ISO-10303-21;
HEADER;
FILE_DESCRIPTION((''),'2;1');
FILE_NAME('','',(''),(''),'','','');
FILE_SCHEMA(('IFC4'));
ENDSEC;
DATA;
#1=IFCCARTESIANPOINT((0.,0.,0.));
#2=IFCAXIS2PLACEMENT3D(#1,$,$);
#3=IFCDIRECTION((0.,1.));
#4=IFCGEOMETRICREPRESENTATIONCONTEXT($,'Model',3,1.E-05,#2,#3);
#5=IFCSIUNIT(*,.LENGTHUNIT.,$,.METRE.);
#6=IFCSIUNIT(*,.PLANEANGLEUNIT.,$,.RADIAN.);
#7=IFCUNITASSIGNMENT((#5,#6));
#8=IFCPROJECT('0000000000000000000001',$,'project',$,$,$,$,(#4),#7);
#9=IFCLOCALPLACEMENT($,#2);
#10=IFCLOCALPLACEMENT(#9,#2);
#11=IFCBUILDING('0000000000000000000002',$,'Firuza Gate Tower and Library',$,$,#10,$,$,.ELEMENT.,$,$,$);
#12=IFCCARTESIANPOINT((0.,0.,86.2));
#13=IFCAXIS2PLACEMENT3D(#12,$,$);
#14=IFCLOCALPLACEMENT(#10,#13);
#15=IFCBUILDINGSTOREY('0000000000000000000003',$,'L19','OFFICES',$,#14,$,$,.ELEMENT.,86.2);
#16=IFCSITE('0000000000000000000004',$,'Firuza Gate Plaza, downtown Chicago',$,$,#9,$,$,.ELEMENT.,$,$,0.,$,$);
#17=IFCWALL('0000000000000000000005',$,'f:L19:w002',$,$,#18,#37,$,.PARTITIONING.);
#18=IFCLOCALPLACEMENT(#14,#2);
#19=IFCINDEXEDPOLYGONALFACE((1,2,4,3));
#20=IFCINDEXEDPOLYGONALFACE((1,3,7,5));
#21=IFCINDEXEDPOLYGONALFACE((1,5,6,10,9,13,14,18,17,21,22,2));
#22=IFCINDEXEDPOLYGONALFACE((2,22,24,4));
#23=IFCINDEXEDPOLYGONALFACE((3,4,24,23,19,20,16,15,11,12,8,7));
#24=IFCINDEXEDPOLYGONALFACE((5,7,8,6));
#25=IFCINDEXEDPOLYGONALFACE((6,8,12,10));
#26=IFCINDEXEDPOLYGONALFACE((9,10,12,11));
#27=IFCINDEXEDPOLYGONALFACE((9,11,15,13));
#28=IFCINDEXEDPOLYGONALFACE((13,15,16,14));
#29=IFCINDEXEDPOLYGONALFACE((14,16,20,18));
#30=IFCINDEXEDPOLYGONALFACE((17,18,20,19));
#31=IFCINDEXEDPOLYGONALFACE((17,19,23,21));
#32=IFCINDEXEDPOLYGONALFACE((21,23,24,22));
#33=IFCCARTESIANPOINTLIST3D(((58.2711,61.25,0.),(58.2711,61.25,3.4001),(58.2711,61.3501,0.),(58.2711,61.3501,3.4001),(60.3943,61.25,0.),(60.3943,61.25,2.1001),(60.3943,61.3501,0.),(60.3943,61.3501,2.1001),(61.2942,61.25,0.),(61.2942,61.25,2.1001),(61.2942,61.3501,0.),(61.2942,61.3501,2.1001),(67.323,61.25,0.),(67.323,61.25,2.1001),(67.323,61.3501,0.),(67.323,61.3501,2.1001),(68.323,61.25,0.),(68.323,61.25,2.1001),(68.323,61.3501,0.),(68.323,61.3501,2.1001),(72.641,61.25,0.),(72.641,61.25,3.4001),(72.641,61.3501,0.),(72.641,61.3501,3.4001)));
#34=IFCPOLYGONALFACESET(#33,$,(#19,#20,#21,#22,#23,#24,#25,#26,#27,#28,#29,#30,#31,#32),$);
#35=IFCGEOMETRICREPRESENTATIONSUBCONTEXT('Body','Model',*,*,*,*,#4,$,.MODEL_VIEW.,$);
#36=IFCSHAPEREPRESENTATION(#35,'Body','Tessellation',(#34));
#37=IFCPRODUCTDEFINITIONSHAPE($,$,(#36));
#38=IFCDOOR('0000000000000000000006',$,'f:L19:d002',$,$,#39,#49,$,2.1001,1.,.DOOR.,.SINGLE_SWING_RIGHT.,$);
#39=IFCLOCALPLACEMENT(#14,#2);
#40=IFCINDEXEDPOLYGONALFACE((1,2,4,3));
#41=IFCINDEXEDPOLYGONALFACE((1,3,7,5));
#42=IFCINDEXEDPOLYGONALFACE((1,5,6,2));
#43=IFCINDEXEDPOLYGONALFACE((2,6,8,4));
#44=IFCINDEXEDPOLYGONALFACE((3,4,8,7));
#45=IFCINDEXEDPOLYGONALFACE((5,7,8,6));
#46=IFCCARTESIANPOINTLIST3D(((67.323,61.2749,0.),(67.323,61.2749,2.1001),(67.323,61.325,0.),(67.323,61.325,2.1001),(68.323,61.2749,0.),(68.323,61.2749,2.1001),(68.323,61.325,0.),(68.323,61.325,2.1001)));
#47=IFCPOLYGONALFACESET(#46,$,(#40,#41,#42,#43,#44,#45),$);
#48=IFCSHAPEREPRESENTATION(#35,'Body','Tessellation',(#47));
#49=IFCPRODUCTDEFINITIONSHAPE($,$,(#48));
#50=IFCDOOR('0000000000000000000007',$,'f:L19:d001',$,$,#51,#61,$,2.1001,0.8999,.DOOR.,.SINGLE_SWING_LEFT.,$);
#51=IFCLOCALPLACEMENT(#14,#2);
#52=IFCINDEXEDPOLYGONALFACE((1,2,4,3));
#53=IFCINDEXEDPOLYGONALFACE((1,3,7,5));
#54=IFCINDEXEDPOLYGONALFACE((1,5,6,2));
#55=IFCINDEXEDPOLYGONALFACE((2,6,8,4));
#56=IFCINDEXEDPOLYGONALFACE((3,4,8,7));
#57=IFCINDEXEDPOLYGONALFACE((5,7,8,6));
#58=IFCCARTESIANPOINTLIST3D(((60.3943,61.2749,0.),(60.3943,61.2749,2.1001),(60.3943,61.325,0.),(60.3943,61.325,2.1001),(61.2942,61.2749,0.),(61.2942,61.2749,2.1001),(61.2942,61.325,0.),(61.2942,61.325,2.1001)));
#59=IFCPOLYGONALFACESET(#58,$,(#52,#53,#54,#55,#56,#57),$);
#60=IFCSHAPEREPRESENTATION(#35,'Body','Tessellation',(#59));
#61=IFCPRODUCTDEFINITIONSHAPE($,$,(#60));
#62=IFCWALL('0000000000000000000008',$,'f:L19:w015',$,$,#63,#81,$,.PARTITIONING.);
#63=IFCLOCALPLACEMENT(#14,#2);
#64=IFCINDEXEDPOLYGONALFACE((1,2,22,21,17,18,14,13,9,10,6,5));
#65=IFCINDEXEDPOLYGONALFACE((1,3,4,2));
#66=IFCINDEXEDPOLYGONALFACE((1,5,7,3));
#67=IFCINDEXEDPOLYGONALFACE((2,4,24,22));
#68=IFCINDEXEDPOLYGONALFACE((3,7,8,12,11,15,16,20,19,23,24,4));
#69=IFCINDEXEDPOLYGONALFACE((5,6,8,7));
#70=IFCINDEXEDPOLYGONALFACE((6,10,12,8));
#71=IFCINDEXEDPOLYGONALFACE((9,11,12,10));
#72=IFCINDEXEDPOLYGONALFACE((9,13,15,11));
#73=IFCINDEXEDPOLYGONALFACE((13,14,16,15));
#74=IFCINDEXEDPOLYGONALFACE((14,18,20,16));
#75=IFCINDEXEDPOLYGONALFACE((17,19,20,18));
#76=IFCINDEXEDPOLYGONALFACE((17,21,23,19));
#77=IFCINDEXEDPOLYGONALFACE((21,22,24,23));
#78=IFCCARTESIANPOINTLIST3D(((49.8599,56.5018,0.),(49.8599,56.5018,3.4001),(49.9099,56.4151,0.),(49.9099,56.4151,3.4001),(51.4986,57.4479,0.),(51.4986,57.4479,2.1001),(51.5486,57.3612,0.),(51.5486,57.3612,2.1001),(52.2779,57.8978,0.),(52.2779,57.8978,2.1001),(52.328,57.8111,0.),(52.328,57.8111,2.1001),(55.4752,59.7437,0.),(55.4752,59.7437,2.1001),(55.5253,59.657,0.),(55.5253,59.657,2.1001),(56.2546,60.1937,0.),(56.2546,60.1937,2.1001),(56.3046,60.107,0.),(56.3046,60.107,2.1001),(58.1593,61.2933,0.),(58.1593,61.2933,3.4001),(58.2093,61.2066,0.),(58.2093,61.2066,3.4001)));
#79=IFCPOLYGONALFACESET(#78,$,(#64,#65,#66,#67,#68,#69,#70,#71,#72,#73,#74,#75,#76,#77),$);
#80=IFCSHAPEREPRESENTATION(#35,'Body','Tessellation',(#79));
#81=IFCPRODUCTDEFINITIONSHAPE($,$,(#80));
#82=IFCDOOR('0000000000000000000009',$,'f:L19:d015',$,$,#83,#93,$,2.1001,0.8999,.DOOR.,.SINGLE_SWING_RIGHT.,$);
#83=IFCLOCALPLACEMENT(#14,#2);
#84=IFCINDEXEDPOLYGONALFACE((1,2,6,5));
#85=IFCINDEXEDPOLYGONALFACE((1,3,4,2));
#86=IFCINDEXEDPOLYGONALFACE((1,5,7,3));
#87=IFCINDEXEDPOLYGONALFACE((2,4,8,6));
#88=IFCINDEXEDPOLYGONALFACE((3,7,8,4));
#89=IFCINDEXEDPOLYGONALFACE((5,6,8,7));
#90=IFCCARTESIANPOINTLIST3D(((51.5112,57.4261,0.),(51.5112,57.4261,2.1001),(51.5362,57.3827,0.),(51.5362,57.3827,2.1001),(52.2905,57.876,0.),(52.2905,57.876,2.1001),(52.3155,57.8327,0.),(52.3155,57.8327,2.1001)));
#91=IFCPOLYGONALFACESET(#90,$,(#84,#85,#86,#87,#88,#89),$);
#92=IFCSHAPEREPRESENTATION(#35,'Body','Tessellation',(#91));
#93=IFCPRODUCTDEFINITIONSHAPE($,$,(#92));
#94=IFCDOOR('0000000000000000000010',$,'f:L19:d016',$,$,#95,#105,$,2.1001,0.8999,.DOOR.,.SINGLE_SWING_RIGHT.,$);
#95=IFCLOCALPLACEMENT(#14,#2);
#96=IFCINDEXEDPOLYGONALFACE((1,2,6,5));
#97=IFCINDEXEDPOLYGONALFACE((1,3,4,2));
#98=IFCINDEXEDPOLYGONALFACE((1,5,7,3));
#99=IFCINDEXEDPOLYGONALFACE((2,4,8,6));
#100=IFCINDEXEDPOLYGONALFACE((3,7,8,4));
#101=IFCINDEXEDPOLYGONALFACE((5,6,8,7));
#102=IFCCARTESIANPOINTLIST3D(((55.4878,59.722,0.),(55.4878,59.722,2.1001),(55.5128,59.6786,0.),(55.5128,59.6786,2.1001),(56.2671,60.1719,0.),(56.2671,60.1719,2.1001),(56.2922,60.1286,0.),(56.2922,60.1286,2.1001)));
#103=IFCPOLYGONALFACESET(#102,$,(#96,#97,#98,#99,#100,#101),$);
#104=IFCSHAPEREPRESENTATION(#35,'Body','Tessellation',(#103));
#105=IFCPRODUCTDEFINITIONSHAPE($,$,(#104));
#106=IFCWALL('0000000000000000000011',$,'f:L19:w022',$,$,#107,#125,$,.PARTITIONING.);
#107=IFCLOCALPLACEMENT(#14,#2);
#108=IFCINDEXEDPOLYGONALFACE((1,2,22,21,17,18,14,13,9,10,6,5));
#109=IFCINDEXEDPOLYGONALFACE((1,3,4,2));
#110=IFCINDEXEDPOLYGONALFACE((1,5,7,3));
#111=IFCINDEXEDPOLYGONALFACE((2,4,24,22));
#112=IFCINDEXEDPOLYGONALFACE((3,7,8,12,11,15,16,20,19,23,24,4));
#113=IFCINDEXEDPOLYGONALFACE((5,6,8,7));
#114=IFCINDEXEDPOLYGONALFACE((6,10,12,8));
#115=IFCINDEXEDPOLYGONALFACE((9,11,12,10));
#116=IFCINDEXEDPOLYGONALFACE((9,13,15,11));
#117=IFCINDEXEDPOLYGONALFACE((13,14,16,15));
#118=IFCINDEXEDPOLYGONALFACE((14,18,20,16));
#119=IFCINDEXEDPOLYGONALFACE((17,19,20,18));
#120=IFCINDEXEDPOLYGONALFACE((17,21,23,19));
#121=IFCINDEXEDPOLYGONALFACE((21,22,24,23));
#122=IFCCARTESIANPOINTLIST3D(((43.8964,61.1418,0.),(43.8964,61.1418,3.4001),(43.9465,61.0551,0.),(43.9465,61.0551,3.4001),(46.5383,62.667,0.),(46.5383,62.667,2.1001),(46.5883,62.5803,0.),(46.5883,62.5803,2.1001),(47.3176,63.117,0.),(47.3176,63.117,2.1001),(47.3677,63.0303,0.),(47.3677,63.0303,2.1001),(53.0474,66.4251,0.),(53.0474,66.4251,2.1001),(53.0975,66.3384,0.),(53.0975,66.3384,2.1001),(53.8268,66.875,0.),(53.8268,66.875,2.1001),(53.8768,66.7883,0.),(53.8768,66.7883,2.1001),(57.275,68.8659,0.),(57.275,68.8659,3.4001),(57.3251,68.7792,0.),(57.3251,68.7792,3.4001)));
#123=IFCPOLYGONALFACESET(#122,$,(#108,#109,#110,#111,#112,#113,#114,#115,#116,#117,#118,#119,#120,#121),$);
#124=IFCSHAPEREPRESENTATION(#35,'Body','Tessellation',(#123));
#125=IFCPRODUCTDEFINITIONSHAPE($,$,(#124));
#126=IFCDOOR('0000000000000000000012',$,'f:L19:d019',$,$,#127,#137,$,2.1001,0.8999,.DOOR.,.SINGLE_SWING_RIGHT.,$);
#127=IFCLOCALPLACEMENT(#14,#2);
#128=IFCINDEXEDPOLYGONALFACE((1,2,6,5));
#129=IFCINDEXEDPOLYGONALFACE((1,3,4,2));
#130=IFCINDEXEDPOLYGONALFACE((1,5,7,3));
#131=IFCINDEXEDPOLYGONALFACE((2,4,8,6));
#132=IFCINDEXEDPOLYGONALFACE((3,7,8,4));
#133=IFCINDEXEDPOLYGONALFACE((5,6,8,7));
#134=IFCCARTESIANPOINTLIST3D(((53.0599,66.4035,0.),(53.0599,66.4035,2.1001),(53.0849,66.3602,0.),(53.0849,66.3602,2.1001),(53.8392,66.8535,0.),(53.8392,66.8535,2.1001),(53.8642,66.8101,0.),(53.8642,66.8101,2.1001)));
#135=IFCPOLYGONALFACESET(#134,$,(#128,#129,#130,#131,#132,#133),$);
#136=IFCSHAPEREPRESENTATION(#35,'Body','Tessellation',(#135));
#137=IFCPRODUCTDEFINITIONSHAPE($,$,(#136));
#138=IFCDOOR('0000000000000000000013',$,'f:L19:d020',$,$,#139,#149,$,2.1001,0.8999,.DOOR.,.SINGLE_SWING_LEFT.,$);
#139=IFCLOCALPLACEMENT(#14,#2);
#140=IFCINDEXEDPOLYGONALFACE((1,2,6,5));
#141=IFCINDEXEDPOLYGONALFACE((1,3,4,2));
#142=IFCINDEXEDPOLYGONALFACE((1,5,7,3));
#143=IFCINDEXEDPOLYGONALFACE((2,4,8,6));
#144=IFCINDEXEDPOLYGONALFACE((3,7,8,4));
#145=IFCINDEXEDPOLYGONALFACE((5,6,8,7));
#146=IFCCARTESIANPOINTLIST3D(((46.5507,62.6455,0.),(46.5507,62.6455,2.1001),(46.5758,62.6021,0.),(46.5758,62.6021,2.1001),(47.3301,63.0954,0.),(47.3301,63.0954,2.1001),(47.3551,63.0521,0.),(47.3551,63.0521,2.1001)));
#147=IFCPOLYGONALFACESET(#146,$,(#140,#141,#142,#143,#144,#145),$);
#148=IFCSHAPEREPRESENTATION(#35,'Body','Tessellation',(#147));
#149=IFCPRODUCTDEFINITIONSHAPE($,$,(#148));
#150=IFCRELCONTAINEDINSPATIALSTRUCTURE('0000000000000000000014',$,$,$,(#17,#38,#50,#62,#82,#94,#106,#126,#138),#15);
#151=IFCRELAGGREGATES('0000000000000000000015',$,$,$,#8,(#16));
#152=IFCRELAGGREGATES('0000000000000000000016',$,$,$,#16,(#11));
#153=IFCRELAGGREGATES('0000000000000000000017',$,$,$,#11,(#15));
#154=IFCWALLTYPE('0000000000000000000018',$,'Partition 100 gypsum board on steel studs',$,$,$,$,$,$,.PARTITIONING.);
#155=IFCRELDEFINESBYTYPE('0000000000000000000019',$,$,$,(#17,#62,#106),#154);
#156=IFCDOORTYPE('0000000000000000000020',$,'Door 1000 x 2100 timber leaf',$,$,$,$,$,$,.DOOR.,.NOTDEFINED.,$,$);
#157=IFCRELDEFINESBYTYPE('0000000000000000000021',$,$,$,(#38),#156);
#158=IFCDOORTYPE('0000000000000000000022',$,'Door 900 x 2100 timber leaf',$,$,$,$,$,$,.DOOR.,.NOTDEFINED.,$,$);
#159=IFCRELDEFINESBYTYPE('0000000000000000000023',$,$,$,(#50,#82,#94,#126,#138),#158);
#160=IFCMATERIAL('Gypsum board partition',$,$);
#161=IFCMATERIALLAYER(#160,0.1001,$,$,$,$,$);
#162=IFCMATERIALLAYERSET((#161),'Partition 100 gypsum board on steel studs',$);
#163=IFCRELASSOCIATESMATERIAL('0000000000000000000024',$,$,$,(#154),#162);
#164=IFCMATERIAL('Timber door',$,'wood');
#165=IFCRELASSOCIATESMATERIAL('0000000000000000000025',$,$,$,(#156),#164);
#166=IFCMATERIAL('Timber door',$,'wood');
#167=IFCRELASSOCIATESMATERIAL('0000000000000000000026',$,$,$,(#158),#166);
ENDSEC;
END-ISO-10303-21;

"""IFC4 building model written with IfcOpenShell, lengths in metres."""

from ifc_helpers import new_model, si_unit, direction, frame, frame_2d, origin, place, context, subcontext, project, spatial, rectangle, extrude, material, layer, layer_set, type_object, element, fill, save


model = new_model("IFC4")

# Units and contexts
model_context = context("Model", 3, precision=1e-05, world=origin(), true_north=direction((0.0, 1.0)))
body_context = subcontext(model_context, "Body", "Model", "MODEL_VIEW")
ifc_project = project(units=[si_unit("LENGTHUNIT", "METRE"), si_unit("PLANEANGLEUNIT", "RADIAN")], contexts=[model_context])

# Site, building, storey
site_placement = place(None, origin())
site = spatial("IfcSite", under=ifc_project, at=site_placement, Name="Firuza Gate Plaza, downtown Chicago", CompositionType="ELEMENT", RefElevation=0.0)
building_placement = place(site_placement, origin())
building = spatial("IfcBuilding", under=site, at=building_placement, Name="Firuza Gate Tower and Library", CompositionType="ELEMENT")
storey_placement = place(building_placement, frame((0.0, 0.0, 86.2)))
storey = spatial("IfcBuildingStorey", under=building, at=storey_placement, Name="L19", Description="OFFICES", CompositionType="ELEMENT", Elevation=86.2)

# Walls, openings, doors
ifc_material_1 = material(Name="Gypsum board partition")
ifc_layer_1 = layer(ifc_material_1, 0.1001)
ifc_layer_set_1 = layer_set([ifc_layer_1], Name="Partition 100 gypsum board on steel studs")
wall_type_1 = type_object("IfcWallType", Name="Partition 100 gypsum board on steel studs", PredefinedType="PARTITIONING", material=ifc_layer_set_1)
wall_1_placement = place(storey_placement, frame((58.271, 61.3, 0.0), z_axis=(0.0, 0.0, 1.0), x_axis=(1.0, 0.0, 0.0)))
wall_1 = element("IfcWall", 1, at=wall_1_placement, inside=storey, type_object=wall_type_1, Name="f:L19:w002", PredefinedType="PARTITIONING", context=body_context, shape_type="SweptSolid", body=[
    extrude(rectangle(XDim=14.3699, YDim=0.1001, at=frame_2d((7.1851, 0.0))), origin(), (0.0, 0.0, 1.0), 3.4001),
])
opening_1_placement = place(wall_1_placement, frame((2.1233, 0.0, 0.0)))
opening_1 = element("IfcOpeningElement", 2, at=opening_1_placement, cuts=wall_1, PredefinedType="OPENING", context=body_context, shape_type="SweptSolid", body=[
    extrude(rectangle(XDim=0.8999, YDim=2.1001, at=frame_2d((0.45, 1.05))), frame((0.0, 0.0601, 0.0), z_axis=(0.0, -1.0, 0.0), x_axis=(1.0, 0.0, 0.0)), (0.0, 0.0, 1.0), 0.1201),
])
opening_2_placement = place(wall_1_placement, frame((9.052, 0.0, 0.0)))
opening_2 = element("IfcOpeningElement", 3, at=opening_2_placement, cuts=wall_1, PredefinedType="OPENING", context=body_context, shape_type="SweptSolid", body=[
    extrude(rectangle(XDim=1.0, YDim=2.1001, at=frame_2d((0.5, 1.05))), frame((0.0, 0.0601, 0.0), z_axis=(0.0, -1.0, 0.0), x_axis=(1.0, 0.0, 0.0)), (0.0, 0.0, 1.0), 0.1201),
])
ifc_material_2 = material(Name="Timber door", Category="wood")
door_type_1 = type_object("IfcDoorType", Name="Door 1000 x 2100 timber leaf", OperationType="NOTDEFINED", PredefinedType="DOOR", material=ifc_material_2)
door_1_placement = place(opening_2_placement, origin())
door_1 = element("IfcDoor", 4, at=door_1_placement, inside=storey, type_object=door_type_1, Name="f:L19:d002", OperationType="SINGLE_SWING_RIGHT", OverallHeight=2.1001, OverallWidth=1.0, PredefinedType="DOOR", context=body_context, shape_type="SweptSolid", body=[
    extrude(rectangle(XDim=1.0, YDim=2.1001, at=frame_2d((0.5, 1.05))), frame((0.0, 0.0249, 0.0), z_axis=(0.0, -1.0, 0.0), x_axis=(1.0, 0.0, 0.0)), (0.0, 0.0, 1.0), 0.05),
])
fill(opening_2, door_1)
ifc_material_3 = material(Name="Timber door", Category="wood")
door_type_2 = type_object("IfcDoorType", Name="Door 900 x 2100 timber leaf", OperationType="NOTDEFINED", PredefinedType="DOOR", material=ifc_material_3)
door_2_placement = place(opening_1_placement, origin())
door_2 = element("IfcDoor", 5, at=door_2_placement, inside=storey, type_object=door_type_2, Name="f:L19:d001", OperationType="SINGLE_SWING_LEFT", OverallHeight=2.1001, OverallWidth=0.8999, PredefinedType="DOOR", context=body_context, shape_type="SweptSolid", body=[
    extrude(rectangle(XDim=0.8999, YDim=2.1001, at=frame_2d((0.45, 1.05))), frame((0.0, 0.0249, 0.0), z_axis=(0.0, -1.0, 0.0), x_axis=(1.0, 0.0, 0.0)), (0.0, 0.0, 1.0), 0.05),
])
fill(opening_1, door_2)
wall_2_placement = place(storey_placement, frame((49.885, 56.4585, 0.0), z_axis=(0.0, 0.0, 1.0), x_axis=(0.86603, 0.499991, 0.0)))
wall_2 = element("IfcWall", 6, at=wall_2_placement, inside=storey, type_object=wall_type_1, Name="f:L19:w015", PredefinedType="PARTITIONING", context=body_context, shape_type="SweptSolid", body=[
    extrude(rectangle(XDim=9.5833, YDim=0.1001, at=frame_2d((4.7915, 0.0))), origin(), (0.0, 0.0, 1.0), 3.4001),
])
opening_3_placement = place(wall_2_placement, frame((1.8921, 0.0, 0.0)))
opening_3 = element("IfcOpeningElement", 7, at=opening_3_placement, cuts=wall_2, PredefinedType="OPENING", context=body_context, shape_type="SweptSolid", body=[
    extrude(rectangle(XDim=0.8999, YDim=2.1001, at=frame_2d((0.45, 1.05))), frame((0.0, 0.0601, 0.0), z_axis=(0.0, -1.0, 0.0), x_axis=(1.0, 0.0, 0.0)), (0.0, 0.0, 1.0), 0.1201),
])
opening_4_placement = place(wall_2_placement, frame((6.4839, 0.0, 0.0)))
opening_4 = element("IfcOpeningElement", 8, at=opening_4_placement, cuts=wall_2, PredefinedType="OPENING", context=body_context, shape_type="SweptSolid", body=[
    extrude(rectangle(XDim=0.8999, YDim=2.1001, at=frame_2d((0.45, 1.05))), frame((0.0, 0.0601, 0.0), z_axis=(0.0, -1.0, 0.0), x_axis=(1.0, 0.0, 0.0)), (0.0, 0.0, 1.0), 0.1201),
])
door_3_placement = place(opening_3_placement, origin())
door_3 = element("IfcDoor", 9, at=door_3_placement, inside=storey, type_object=door_type_2, Name="f:L19:d015", OperationType="SINGLE_SWING_RIGHT", OverallHeight=2.1001, OverallWidth=0.8999, PredefinedType="DOOR", context=body_context, shape_type="SweptSolid", body=[
    extrude(rectangle(XDim=0.8999, YDim=2.1001, at=frame_2d((0.45, 1.05))), frame((0.0, 0.0249, 0.0), z_axis=(0.0, -1.0, 0.0), x_axis=(1.0, 0.0, 0.0)), (0.0, 0.0, 1.0), 0.05),
])
fill(opening_3, door_3)
door_4_placement = place(opening_4_placement, origin())
door_4 = element("IfcDoor", 10, at=door_4_placement, inside=storey, type_object=door_type_2, Name="f:L19:d016", OperationType="SINGLE_SWING_RIGHT", OverallHeight=2.1001, OverallWidth=0.8999, PredefinedType="DOOR", context=body_context, shape_type="SweptSolid", body=[
    extrude(rectangle(XDim=0.8999, YDim=2.1001, at=frame_2d((0.45, 1.05))), frame((0.0, 0.0249, 0.0), z_axis=(0.0, -1.0, 0.0), x_axis=(1.0, 0.0, 0.0)), (0.0, 0.0, 1.0), 0.05),
])
fill(opening_4, door_4)
wall_3_placement = place(storey_placement, frame((57.3, 68.8225, 0.0), z_axis=(0.0, 0.0, 1.0), x_axis=(-0.866027, -0.499997, 0.0)))
wall_3 = element("IfcWall", 11, at=wall_3_placement, inside=storey, type_object=wall_type_1, Name="f:L19:w022", PredefinedType="PARTITIONING", context=body_context, shape_type="SweptSolid", body=[
    extrude(rectangle(XDim=15.4482, YDim=0.1001, at=frame_2d((7.7241, 0.0))), origin(), (0.0, 0.0, 1.0), 3.4001),
])
opening_5_placement = place(wall_3_placement, frame((3.9817, 0.0, 0.0)))
opening_5 = element("IfcOpeningElement", 12, at=opening_5_placement, cuts=wall_3, PredefinedType="OPENING", context=body_context, shape_type="SweptSolid", body=[
    extrude(rectangle(XDim=0.8999, YDim=2.1001, at=frame_2d((0.45, 1.05))), frame((0.0, 0.0601, 0.0), z_axis=(0.0, -1.0, 0.0), x_axis=(1.0, 0.0, 0.0)), (0.0, 0.0, 1.0), 0.1201),
])
opening_6_placement = place(wall_3_placement, frame((11.4978, 0.0, 0.0)))
opening_6 = element("IfcOpeningElement", 13, at=opening_6_placement, cuts=wall_3, PredefinedType="OPENING", context=body_context, shape_type="SweptSolid", body=[
    extrude(rectangle(XDim=0.8999, YDim=2.1001, at=frame_2d((0.45, 1.05))), frame((0.0, 0.0601, 0.0), z_axis=(0.0, -1.0, 0.0), x_axis=(1.0, 0.0, 0.0)), (0.0, 0.0, 1.0), 0.1201),
])
door_5_placement = place(opening_5_placement, origin())
door_5 = element("IfcDoor", 14, at=door_5_placement, inside=storey, type_object=door_type_2, Name="f:L19:d019", OperationType="SINGLE_SWING_RIGHT", OverallHeight=2.1001, OverallWidth=0.8999, PredefinedType="DOOR", context=body_context, shape_type="SweptSolid", body=[
    extrude(rectangle(XDim=0.8999, YDim=2.1001, at=frame_2d((0.45, 1.05))), frame((0.0, 0.0249, 0.0), z_axis=(0.0, -1.0, 0.0), x_axis=(1.0, 0.0, 0.0)), (0.0, 0.0, 1.0), 0.05),
])
fill(opening_5, door_5)
door_6_placement = place(opening_6_placement, origin())
door_6 = element("IfcDoor", 15, at=door_6_placement, inside=storey, type_object=door_type_2, Name="f:L19:d020", OperationType="SINGLE_SWING_LEFT", OverallHeight=2.1001, OverallWidth=0.8999, PredefinedType="DOOR", context=body_context, shape_type="SweptSolid", body=[
    extrude(rectangle(XDim=0.8999, YDim=2.1001, at=frame_2d((0.45, 1.05))), frame((0.0, 0.0249, 0.0), z_axis=(0.0, -1.0, 0.0), x_axis=(1.0, 0.0, 0.0)), (0.0, 0.0, 1.0), 0.05),
])
fill(opening_6, door_6)

save(model, "model.ifc")
